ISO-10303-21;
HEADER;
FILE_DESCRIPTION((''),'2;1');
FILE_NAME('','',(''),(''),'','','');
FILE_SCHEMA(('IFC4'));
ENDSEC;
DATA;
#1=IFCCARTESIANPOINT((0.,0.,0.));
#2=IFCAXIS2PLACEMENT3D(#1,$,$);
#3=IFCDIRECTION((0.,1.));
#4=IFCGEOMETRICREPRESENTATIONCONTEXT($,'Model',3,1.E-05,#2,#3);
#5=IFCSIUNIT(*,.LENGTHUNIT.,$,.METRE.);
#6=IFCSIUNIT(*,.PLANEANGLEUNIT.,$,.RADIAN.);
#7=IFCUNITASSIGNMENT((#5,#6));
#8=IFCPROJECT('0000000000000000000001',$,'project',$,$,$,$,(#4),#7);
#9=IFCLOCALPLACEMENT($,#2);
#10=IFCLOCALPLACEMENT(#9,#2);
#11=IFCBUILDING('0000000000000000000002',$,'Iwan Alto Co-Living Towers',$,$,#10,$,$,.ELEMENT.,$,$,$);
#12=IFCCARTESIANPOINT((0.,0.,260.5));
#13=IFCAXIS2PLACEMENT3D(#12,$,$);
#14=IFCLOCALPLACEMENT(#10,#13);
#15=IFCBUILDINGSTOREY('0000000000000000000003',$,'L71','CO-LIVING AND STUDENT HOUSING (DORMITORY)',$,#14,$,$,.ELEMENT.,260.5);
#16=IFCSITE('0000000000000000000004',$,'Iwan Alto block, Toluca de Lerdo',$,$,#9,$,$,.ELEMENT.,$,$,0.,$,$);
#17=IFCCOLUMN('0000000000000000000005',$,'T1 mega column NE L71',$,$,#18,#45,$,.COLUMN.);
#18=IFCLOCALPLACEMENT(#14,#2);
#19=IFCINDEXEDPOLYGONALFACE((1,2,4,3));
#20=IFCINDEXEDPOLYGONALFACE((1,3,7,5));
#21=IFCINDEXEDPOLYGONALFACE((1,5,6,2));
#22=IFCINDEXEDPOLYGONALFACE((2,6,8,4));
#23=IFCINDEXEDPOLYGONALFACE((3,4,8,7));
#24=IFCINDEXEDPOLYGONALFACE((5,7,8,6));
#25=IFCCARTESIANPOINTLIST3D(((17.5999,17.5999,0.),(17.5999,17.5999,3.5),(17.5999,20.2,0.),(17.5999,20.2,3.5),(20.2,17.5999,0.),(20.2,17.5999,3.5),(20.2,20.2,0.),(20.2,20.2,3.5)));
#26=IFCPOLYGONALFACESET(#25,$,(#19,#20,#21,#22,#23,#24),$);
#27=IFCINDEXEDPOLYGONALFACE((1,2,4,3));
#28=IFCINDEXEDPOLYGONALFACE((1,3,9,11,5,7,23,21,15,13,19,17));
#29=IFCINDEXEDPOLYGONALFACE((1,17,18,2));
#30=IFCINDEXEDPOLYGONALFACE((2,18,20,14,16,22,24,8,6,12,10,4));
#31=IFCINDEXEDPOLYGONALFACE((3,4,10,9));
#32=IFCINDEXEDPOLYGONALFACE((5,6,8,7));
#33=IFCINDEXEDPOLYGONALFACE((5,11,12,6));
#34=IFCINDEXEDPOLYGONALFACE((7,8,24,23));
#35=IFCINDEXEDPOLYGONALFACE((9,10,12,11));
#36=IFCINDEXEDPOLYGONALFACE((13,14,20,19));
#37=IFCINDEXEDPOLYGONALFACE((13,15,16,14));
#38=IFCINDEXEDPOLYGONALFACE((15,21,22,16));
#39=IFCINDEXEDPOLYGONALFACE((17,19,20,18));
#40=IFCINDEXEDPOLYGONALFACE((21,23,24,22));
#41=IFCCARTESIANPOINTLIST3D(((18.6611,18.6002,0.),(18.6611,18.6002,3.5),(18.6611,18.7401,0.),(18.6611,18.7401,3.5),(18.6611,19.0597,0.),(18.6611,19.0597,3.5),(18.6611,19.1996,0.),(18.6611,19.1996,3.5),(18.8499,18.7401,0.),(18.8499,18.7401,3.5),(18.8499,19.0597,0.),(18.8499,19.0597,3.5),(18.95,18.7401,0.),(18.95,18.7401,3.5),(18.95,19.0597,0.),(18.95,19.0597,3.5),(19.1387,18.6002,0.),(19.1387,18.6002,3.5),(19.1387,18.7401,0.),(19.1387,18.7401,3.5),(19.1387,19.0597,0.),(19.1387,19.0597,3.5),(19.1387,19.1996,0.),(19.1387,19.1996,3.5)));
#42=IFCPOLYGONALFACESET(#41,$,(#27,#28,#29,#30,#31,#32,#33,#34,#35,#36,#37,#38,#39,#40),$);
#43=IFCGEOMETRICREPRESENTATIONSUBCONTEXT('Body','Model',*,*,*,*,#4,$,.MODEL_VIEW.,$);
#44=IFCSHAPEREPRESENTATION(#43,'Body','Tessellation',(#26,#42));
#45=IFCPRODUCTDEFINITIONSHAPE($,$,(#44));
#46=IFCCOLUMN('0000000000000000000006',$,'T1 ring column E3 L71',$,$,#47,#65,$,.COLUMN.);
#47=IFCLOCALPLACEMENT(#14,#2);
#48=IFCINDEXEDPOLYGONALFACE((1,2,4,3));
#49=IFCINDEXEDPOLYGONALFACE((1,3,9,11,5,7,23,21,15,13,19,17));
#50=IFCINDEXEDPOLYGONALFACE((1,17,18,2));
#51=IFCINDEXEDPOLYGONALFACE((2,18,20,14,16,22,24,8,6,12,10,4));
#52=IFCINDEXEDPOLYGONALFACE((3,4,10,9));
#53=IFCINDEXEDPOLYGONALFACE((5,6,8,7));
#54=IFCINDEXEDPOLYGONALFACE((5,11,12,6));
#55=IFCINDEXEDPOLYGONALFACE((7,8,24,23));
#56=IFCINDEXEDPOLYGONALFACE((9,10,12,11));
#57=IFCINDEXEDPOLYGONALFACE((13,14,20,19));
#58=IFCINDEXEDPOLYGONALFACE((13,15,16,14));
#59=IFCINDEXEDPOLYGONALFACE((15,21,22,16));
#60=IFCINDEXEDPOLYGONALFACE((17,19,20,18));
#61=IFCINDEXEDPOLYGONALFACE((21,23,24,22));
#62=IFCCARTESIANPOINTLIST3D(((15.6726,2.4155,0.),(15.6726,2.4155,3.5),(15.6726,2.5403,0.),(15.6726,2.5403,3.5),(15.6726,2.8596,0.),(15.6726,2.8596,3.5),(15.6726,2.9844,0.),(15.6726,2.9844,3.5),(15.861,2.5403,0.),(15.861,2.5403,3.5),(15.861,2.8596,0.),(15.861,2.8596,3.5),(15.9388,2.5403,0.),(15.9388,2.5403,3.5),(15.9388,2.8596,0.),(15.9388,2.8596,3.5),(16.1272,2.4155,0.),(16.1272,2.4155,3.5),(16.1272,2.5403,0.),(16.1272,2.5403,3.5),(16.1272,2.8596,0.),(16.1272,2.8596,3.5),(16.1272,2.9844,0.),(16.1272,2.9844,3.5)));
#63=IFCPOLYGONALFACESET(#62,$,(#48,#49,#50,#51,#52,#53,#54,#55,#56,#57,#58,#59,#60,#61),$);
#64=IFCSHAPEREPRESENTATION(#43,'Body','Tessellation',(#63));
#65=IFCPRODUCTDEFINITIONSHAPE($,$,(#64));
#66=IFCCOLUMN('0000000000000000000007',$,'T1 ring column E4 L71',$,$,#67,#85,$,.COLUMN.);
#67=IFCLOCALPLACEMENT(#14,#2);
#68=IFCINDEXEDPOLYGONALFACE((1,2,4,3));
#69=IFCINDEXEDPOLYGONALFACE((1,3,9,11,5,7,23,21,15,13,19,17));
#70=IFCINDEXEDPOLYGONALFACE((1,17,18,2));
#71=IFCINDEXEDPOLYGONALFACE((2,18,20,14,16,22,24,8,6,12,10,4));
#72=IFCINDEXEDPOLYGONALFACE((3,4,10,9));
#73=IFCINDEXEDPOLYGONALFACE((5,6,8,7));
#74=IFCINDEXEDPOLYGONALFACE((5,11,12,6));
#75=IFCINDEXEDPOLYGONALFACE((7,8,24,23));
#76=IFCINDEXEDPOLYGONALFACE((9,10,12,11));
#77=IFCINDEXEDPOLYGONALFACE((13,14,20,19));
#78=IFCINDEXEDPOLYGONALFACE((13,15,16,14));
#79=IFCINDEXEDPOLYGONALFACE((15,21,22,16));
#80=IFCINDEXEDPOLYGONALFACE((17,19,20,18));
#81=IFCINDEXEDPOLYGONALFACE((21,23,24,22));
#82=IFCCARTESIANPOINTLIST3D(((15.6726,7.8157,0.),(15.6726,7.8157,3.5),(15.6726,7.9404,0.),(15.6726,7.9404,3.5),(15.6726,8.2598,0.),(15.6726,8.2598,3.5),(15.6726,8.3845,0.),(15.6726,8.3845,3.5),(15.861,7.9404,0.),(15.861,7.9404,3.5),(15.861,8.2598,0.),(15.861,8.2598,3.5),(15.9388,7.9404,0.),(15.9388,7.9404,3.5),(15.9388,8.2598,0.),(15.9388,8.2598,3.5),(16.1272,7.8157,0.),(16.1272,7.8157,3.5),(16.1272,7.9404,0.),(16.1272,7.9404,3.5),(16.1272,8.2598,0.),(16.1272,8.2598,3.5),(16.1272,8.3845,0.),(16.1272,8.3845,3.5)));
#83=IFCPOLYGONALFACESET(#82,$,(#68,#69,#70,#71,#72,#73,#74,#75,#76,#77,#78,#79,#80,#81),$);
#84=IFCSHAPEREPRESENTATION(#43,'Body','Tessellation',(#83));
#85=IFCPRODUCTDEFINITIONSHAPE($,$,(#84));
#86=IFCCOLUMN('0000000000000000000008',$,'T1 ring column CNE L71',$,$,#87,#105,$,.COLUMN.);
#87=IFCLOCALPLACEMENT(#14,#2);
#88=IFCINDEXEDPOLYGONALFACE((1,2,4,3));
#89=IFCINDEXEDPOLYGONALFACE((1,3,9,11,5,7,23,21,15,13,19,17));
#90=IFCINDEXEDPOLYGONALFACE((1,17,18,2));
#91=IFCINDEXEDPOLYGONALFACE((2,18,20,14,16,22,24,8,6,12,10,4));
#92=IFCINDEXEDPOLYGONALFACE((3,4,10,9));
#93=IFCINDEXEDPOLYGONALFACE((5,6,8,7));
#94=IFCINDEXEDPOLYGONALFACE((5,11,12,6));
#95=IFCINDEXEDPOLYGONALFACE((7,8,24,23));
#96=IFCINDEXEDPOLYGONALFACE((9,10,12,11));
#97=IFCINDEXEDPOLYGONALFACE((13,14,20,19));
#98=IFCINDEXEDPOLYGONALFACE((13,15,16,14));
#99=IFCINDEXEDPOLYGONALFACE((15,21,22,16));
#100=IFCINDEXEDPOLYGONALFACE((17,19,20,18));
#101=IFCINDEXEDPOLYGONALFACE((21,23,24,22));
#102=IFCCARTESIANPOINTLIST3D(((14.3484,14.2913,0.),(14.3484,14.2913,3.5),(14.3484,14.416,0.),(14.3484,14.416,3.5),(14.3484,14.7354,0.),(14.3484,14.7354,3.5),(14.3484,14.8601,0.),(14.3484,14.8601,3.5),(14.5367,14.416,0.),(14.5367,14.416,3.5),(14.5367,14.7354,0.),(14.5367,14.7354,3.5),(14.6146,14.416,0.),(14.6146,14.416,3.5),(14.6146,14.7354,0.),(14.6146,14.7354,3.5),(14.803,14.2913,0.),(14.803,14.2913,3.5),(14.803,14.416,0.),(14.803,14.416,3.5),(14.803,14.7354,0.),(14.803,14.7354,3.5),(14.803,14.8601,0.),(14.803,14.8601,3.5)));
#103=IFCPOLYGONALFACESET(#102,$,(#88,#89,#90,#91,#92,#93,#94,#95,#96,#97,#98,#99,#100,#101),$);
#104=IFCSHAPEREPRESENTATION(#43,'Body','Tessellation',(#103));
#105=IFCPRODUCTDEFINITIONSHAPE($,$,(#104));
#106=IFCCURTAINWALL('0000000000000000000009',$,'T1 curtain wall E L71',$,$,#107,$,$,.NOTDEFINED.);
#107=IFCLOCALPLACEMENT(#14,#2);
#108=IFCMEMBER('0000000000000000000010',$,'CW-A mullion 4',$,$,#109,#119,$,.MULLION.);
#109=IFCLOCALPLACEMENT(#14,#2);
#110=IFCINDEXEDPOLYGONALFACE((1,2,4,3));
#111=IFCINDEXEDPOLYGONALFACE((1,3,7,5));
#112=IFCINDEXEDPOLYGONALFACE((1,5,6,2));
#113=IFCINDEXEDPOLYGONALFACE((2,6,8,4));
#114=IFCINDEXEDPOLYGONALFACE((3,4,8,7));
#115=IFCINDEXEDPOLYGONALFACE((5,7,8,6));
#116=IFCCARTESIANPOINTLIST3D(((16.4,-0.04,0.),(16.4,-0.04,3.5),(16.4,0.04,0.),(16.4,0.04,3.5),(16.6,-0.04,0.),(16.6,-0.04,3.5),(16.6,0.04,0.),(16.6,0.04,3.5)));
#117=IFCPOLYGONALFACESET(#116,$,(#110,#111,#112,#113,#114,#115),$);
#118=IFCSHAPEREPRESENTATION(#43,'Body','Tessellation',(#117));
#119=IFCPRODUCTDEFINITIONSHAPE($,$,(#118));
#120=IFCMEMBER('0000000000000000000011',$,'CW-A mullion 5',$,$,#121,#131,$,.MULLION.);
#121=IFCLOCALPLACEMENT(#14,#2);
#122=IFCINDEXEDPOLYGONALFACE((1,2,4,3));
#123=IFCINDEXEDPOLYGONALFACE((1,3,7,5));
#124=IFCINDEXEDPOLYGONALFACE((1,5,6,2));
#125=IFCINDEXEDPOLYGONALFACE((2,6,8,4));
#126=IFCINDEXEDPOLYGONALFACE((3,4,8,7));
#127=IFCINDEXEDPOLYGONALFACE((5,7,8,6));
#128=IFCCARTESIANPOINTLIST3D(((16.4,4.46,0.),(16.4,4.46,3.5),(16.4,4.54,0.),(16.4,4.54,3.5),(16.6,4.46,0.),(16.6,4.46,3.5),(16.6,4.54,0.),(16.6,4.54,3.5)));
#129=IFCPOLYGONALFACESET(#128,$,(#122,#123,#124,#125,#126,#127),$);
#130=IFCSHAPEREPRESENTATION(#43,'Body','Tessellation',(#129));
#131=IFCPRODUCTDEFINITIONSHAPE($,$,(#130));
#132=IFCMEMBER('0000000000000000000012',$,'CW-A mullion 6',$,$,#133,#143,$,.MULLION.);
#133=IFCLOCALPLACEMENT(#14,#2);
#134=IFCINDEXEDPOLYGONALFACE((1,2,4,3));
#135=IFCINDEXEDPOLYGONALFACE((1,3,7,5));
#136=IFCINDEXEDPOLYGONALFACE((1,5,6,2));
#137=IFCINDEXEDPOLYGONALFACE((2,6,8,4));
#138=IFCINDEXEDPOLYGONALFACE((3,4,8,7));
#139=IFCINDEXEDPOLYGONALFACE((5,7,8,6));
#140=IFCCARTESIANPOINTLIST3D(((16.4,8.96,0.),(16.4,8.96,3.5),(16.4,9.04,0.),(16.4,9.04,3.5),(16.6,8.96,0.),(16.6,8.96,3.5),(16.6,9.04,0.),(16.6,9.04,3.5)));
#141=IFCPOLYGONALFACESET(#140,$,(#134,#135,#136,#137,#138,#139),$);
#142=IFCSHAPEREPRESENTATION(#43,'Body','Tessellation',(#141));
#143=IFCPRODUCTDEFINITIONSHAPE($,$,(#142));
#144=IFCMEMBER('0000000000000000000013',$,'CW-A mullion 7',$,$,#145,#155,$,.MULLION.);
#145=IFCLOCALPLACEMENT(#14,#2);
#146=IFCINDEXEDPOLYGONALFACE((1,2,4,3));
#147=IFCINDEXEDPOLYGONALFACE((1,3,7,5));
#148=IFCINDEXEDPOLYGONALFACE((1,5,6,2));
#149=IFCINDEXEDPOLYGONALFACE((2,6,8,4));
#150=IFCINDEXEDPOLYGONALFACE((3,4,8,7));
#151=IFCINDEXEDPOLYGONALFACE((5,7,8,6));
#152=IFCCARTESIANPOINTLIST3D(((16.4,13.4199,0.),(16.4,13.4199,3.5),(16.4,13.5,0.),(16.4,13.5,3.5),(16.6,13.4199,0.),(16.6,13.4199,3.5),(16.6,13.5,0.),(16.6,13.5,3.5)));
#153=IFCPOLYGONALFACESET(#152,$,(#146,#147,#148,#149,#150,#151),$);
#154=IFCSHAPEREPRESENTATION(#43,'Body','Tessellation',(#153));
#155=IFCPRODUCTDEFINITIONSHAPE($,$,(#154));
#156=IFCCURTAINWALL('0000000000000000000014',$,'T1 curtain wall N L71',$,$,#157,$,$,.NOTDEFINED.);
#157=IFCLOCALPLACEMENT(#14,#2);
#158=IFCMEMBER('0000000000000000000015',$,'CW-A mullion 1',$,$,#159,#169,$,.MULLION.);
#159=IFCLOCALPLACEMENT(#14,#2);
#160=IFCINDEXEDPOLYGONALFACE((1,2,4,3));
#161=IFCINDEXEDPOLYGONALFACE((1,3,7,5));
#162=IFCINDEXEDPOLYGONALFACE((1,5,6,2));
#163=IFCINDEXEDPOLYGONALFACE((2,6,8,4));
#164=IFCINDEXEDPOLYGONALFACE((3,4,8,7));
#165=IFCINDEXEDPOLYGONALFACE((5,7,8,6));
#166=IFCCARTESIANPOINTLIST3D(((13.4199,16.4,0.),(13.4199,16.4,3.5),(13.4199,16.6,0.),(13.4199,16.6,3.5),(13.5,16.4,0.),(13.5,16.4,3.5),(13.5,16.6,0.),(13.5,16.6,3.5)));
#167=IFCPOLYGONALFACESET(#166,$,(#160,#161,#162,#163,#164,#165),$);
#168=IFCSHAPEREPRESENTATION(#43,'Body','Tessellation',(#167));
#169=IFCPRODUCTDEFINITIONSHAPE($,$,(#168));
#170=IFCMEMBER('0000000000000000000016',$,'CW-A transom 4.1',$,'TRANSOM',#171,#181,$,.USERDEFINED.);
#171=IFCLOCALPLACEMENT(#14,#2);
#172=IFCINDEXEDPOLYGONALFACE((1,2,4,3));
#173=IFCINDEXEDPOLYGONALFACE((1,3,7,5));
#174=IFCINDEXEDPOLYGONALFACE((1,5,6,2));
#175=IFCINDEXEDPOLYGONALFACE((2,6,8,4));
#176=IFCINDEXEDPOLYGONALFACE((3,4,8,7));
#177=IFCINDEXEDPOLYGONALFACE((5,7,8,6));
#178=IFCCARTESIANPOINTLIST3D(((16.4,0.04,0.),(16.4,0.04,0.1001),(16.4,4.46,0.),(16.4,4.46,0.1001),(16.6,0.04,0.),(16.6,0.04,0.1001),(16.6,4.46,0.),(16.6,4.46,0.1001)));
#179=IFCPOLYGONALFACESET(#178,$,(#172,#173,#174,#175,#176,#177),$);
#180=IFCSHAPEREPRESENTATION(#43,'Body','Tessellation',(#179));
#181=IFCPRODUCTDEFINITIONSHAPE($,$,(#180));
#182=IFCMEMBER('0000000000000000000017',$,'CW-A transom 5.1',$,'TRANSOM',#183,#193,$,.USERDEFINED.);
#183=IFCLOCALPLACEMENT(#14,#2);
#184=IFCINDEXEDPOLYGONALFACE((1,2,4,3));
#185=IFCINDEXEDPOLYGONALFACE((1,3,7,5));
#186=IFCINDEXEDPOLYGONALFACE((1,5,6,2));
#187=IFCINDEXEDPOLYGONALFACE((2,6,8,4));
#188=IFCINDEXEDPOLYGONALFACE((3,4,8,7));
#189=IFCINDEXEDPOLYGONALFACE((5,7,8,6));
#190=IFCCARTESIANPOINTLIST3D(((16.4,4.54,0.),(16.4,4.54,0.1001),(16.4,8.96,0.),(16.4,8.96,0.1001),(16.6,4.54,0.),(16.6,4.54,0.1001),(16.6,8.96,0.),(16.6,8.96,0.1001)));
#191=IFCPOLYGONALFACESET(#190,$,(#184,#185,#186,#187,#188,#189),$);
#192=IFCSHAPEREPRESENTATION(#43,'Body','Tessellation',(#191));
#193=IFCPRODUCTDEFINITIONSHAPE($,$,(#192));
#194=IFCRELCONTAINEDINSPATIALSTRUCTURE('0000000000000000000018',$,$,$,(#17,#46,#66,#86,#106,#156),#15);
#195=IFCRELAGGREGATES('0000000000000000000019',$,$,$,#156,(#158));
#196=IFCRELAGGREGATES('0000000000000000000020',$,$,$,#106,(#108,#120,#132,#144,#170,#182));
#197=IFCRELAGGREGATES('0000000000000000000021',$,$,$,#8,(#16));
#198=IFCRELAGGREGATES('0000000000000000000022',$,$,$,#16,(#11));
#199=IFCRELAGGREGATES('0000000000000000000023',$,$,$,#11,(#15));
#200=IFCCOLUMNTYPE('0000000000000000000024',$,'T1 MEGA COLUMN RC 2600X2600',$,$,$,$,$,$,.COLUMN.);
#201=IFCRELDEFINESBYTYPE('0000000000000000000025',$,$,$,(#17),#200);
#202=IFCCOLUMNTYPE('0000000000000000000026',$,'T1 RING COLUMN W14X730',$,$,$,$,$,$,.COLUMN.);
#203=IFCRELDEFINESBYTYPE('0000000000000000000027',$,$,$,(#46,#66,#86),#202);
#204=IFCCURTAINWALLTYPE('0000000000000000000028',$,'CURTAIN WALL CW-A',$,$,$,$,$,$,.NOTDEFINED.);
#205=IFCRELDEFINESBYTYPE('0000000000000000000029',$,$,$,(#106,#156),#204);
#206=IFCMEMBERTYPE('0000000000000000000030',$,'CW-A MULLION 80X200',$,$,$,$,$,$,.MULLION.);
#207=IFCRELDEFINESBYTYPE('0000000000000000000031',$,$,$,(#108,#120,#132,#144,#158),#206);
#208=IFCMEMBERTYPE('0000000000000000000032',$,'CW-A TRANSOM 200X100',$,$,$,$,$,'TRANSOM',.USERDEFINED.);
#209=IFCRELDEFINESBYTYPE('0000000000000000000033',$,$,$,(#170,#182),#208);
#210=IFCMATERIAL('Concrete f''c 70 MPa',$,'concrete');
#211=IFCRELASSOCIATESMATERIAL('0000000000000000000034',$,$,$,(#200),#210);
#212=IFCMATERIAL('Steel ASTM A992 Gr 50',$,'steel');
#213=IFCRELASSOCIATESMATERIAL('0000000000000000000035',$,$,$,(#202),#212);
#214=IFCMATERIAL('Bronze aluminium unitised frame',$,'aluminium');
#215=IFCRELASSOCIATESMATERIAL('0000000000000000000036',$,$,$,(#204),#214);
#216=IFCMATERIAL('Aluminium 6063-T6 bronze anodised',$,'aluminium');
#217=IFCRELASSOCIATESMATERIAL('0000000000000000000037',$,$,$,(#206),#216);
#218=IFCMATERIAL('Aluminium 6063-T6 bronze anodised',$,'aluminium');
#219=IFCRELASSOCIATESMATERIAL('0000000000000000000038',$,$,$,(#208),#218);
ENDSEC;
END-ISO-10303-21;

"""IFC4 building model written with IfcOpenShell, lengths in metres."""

from ifc_helpers import new_model, si_unit, direction, frame, origin, origin_2d, place, context, subcontext, project, spatial, rectangle, i_section, extrude, material, material_profile, profile_set, type_object, element, aggregate, save


model = new_model("IFC4")

# Units and contexts
model_context = context("Model", 3, precision=1e-05, world=origin(), true_north=direction((0.0, 1.0)))
body_context = subcontext(model_context, "Body", "Model", "MODEL_VIEW")
ifc_project = project(units=[si_unit("LENGTHUNIT", "METRE"), si_unit("PLANEANGLEUNIT", "RADIAN")], contexts=[model_context])

# Site, building, storey
site_placement = place(None, origin())
site = spatial("IfcSite", under=ifc_project, at=site_placement, Name="Iwan Alto block, Toluca de Lerdo", CompositionType="ELEMENT", RefElevation=0.0)
building_placement = place(site_placement, origin())
building = spatial("IfcBuilding", under=site, at=building_placement, Name="Iwan Alto Co-Living Towers", CompositionType="ELEMENT")
storey_placement = place(building_placement, frame((0.0, 0.0, 260.5)))
storey = spatial("IfcBuildingStorey", under=building, at=storey_placement, Name="L71", Description="CO-LIVING AND STUDENT HOUSING (DORMITORY)", CompositionType="ELEMENT", Elevation=260.5)

# Columns
ifc_material_1 = material(Name="Concrete f'c 70 MPa", Category="concrete")
ifc_material_profile_1 = material_profile(ifc_material_1, rectangle(XDim=2.6001, YDim=2.6001, at=origin_2d()), Name="RC 2600X2600")
ifc_profile_set_1 = profile_set([ifc_material_profile_1], Name="Concrete f'c 70 MPa")
column_type_1 = type_object("IfcColumnType", Name="T1 MEGA COLUMN RC 2600X2600", PredefinedType="COLUMN", material=ifc_profile_set_1)
column_placement = place(storey_placement, frame((18.8999, 18.8999, 0.0), z_axis=(0.0, 0.0, 1.0), x_axis=(1.0, 0.0, 0.0)))
element("IfcColumn", 1, at=column_placement, inside=storey, type_object=column_type_1, Name="T1 mega column NE L71", PredefinedType="COLUMN", context=body_context, shape_type="SweptSolid", body=[
    extrude(rectangle(XDim=2.6001, YDim=2.6001, at=origin_2d()), origin(), (0.0, 0.0, 1.0), 3.5),
    extrude(i_section(OverallWidth=0.4775, OverallDepth=0.5994, WebThickness=0.1001, FlangeThickness=0.1399, at=origin_2d()), origin(), (0.0, 0.0, 1.0), 3.5),
])
ifc_material_2 = material(Name="Steel ASTM A992 Gr 50", Category="steel")
ifc_material_profile_2 = material_profile(ifc_material_2, i_section(OverallWidth=0.4546, OverallDepth=0.5688, WebThickness=0.0779, FlangeThickness=0.1248, at=origin_2d()), Name="W14X730")
ifc_profile_set_2 = profile_set([ifc_material_profile_2], Name="Steel ASTM A992 Gr 50")
column_type_2 = type_object("IfcColumnType", Name="T1 RING COLUMN W14X730", PredefinedType="COLUMN", material=ifc_profile_set_2)
for number, where, z_axis, x_axis, name in (
    (2, (15.8999, 2.7, 0.0), (0.0, 0.0, 1.0), (1.0, 0.0, 0.0), "T1 ring column E3 L71"),
    (3, (15.8999, 8.1001, 0.0), (0.0, 0.0, 1.0), (1.0, 0.0, 0.0), "T1 ring column E4 L71"),
    (4, (14.5757, 14.5757, 0.0), (0.0, 0.0, 1.0), (1.0, 0.0, 0.0), "T1 ring column CNE L71"),
):
    element("IfcColumn", number, at=place(storey_placement, frame(where, z_axis=z_axis, x_axis=x_axis)), inside=storey, type_object=column_type_2, Name=name, PredefinedType="COLUMN", context=body_context, shape_type="SweptSolid", body=[
        extrude(i_section(OverallWidth=0.4546, OverallDepth=0.5688, WebThickness=0.0779, FlangeThickness=0.1248, at=origin_2d()), origin(), (0.0, 0.0, 1.0), 3.5),
    ])

# Curtain wall, members
ifc_material_3 = material(Name="Bronze aluminium unitised frame", Category="aluminium")
curtain_wall_type_1 = type_object("IfcCurtainWallType", Name="CURTAIN WALL CW-A", PredefinedType="NOTDEFINED", material=ifc_material_3)
curtain_wall_1_placement = place(storey_placement, origin())
curtain_wall_1 = element("IfcCurtainWall", 5, at=curtain_wall_1_placement, inside=storey, type_object=curtain_wall_type_1, Name="T1 curtain wall E L71", PredefinedType="NOTDEFINED")
ifc_material_4 = material(Name="Aluminium 6063-T6 bronze anodised", Category="aluminium")
ifc_material_profile_3 = material_profile(ifc_material_4, rectangle(XDim=0.2, YDim=0.0801, at=origin_2d()), Name="AL 80X200")
ifc_profile_set_3 = profile_set([ifc_material_profile_3], Name="Aluminium 6063-T6 bronze anodised")
member_type_1 = type_object("IfcMemberType", Name="CW-A MULLION 80X200", PredefinedType="MULLION", material=ifc_profile_set_3)
member_1_placement = place(storey_placement, frame((16.5, 0.0, 0.0), z_axis=(0.0, 0.0, 1.0), x_axis=(-1.0, 0.0, 0.0)))
member_1 = element("IfcMember", 6, at=member_1_placement, type_object=member_type_1, Name="CW-A mullion 4", PredefinedType="MULLION", context=body_context, shape_type="SweptSolid", body=[
    extrude(rectangle(XDim=0.2, YDim=0.0801, at=origin_2d()), origin(), (0.0, 0.0, 1.0), 3.5),
])
member_2_placement = place(storey_placement, frame((16.5, 4.5, 0.0), z_axis=(0.0, 0.0, 1.0), x_axis=(-1.0, 0.0, 0.0)))
member_2 = element("IfcMember", 7, at=member_2_placement, type_object=member_type_1, Name="CW-A mullion 5", PredefinedType="MULLION", context=body_context, shape_type="SweptSolid", body=[
    extrude(rectangle(XDim=0.2, YDim=0.0801, at=origin_2d()), origin(), (0.0, 0.0, 1.0), 3.5),
])
member_3_placement = place(storey_placement, frame((16.5, 9.0, 0.0), z_axis=(0.0, 0.0, 1.0), x_axis=(-1.0, 0.0, 0.0)))
member_3 = element("IfcMember", 8, at=member_3_placement, type_object=member_type_1, Name="CW-A mullion 6", PredefinedType="MULLION", context=body_context, shape_type="SweptSolid", body=[
    extrude(rectangle(XDim=0.2, YDim=0.0801, at=origin_2d()), origin(), (0.0, 0.0, 1.0), 3.5),
])
member_4_placement = place(storey_placement, frame((16.5, 13.46, 0.0), z_axis=(0.0, 0.0, 1.0), x_axis=(-1.0, 0.0, 0.0)))
member_4 = element("IfcMember", 9, at=member_4_placement, type_object=member_type_1, Name="CW-A mullion 7", PredefinedType="MULLION", context=body_context, shape_type="SweptSolid", body=[
    extrude(rectangle(XDim=0.2, YDim=0.0801, at=origin_2d()), origin(), (0.0, 0.0, 1.0), 3.5),
])

# Curtain wall, member
curtain_wall_2_placement = place(storey_placement, origin())
curtain_wall_2 = element("IfcCurtainWall", 10, at=curtain_wall_2_placement, inside=storey, type_object=curtain_wall_type_1, Name="T1 curtain wall N L71", PredefinedType="NOTDEFINED")
member_5_placement = place(storey_placement, frame((13.46, 16.5, 0.0), z_axis=(0.0, 0.0, 1.0), x_axis=(0.0, -1.0, 0.0)))
member_5 = element("IfcMember", 11, at=member_5_placement, type_object=member_type_1, Name="CW-A mullion 1", PredefinedType="MULLION", context=body_context, shape_type="SweptSolid", body=[
    extrude(rectangle(XDim=0.2, YDim=0.0801, at=origin_2d()), origin(), (0.0, 0.0, 1.0), 3.5),
])
aggregate(curtain_wall_2, [member_5])

# Members
ifc_material_5 = material(Name="Aluminium 6063-T6 bronze anodised", Category="aluminium")
ifc_material_profile_4 = material_profile(ifc_material_5, rectangle(XDim=0.2, YDim=0.1001, at=origin_2d()), Name="AL 200X100")
ifc_profile_set_4 = profile_set([ifc_material_profile_4], Name="Aluminium 6063-T6 bronze anodised")
member_type_2 = type_object("IfcMemberType", Name="CW-A TRANSOM 200X100", ElementType="TRANSOM", PredefinedType="USERDEFINED", material=ifc_profile_set_4)
member_6_placement = place(storey_placement, frame((16.5, 0.04, 0.05), z_axis=(0.0, 1.0, 0.0), x_axis=(-1.0, 0.0, 0.0)))
member_6 = element("IfcMember", 12, at=member_6_placement, type_object=member_type_2, Name="CW-A transom 4.1", ObjectType="TRANSOM", PredefinedType="USERDEFINED", context=body_context, shape_type="SweptSolid", body=[
    extrude(rectangle(XDim=0.2, YDim=0.1001, at=origin_2d()), origin(), (0.0, 0.0, 1.0), 4.4199),
])
member_7_placement = place(storey_placement, frame((16.5, 4.54, 0.05), z_axis=(0.0, 1.0, 0.0), x_axis=(-1.0, 0.0, 0.0)))
member_7 = element("IfcMember", 13, at=member_7_placement, type_object=member_type_2, Name="CW-A transom 5.1", ObjectType="TRANSOM", PredefinedType="USERDEFINED", context=body_context, shape_type="SweptSolid", body=[
    extrude(rectangle(XDim=0.2, YDim=0.1001, at=origin_2d()), origin(), (0.0, 0.0, 1.0), 4.4199),
])

aggregate(curtain_wall_1, [member_1, member_2, member_3, member_4, member_6, member_7])

save(model, "model.ifc")
